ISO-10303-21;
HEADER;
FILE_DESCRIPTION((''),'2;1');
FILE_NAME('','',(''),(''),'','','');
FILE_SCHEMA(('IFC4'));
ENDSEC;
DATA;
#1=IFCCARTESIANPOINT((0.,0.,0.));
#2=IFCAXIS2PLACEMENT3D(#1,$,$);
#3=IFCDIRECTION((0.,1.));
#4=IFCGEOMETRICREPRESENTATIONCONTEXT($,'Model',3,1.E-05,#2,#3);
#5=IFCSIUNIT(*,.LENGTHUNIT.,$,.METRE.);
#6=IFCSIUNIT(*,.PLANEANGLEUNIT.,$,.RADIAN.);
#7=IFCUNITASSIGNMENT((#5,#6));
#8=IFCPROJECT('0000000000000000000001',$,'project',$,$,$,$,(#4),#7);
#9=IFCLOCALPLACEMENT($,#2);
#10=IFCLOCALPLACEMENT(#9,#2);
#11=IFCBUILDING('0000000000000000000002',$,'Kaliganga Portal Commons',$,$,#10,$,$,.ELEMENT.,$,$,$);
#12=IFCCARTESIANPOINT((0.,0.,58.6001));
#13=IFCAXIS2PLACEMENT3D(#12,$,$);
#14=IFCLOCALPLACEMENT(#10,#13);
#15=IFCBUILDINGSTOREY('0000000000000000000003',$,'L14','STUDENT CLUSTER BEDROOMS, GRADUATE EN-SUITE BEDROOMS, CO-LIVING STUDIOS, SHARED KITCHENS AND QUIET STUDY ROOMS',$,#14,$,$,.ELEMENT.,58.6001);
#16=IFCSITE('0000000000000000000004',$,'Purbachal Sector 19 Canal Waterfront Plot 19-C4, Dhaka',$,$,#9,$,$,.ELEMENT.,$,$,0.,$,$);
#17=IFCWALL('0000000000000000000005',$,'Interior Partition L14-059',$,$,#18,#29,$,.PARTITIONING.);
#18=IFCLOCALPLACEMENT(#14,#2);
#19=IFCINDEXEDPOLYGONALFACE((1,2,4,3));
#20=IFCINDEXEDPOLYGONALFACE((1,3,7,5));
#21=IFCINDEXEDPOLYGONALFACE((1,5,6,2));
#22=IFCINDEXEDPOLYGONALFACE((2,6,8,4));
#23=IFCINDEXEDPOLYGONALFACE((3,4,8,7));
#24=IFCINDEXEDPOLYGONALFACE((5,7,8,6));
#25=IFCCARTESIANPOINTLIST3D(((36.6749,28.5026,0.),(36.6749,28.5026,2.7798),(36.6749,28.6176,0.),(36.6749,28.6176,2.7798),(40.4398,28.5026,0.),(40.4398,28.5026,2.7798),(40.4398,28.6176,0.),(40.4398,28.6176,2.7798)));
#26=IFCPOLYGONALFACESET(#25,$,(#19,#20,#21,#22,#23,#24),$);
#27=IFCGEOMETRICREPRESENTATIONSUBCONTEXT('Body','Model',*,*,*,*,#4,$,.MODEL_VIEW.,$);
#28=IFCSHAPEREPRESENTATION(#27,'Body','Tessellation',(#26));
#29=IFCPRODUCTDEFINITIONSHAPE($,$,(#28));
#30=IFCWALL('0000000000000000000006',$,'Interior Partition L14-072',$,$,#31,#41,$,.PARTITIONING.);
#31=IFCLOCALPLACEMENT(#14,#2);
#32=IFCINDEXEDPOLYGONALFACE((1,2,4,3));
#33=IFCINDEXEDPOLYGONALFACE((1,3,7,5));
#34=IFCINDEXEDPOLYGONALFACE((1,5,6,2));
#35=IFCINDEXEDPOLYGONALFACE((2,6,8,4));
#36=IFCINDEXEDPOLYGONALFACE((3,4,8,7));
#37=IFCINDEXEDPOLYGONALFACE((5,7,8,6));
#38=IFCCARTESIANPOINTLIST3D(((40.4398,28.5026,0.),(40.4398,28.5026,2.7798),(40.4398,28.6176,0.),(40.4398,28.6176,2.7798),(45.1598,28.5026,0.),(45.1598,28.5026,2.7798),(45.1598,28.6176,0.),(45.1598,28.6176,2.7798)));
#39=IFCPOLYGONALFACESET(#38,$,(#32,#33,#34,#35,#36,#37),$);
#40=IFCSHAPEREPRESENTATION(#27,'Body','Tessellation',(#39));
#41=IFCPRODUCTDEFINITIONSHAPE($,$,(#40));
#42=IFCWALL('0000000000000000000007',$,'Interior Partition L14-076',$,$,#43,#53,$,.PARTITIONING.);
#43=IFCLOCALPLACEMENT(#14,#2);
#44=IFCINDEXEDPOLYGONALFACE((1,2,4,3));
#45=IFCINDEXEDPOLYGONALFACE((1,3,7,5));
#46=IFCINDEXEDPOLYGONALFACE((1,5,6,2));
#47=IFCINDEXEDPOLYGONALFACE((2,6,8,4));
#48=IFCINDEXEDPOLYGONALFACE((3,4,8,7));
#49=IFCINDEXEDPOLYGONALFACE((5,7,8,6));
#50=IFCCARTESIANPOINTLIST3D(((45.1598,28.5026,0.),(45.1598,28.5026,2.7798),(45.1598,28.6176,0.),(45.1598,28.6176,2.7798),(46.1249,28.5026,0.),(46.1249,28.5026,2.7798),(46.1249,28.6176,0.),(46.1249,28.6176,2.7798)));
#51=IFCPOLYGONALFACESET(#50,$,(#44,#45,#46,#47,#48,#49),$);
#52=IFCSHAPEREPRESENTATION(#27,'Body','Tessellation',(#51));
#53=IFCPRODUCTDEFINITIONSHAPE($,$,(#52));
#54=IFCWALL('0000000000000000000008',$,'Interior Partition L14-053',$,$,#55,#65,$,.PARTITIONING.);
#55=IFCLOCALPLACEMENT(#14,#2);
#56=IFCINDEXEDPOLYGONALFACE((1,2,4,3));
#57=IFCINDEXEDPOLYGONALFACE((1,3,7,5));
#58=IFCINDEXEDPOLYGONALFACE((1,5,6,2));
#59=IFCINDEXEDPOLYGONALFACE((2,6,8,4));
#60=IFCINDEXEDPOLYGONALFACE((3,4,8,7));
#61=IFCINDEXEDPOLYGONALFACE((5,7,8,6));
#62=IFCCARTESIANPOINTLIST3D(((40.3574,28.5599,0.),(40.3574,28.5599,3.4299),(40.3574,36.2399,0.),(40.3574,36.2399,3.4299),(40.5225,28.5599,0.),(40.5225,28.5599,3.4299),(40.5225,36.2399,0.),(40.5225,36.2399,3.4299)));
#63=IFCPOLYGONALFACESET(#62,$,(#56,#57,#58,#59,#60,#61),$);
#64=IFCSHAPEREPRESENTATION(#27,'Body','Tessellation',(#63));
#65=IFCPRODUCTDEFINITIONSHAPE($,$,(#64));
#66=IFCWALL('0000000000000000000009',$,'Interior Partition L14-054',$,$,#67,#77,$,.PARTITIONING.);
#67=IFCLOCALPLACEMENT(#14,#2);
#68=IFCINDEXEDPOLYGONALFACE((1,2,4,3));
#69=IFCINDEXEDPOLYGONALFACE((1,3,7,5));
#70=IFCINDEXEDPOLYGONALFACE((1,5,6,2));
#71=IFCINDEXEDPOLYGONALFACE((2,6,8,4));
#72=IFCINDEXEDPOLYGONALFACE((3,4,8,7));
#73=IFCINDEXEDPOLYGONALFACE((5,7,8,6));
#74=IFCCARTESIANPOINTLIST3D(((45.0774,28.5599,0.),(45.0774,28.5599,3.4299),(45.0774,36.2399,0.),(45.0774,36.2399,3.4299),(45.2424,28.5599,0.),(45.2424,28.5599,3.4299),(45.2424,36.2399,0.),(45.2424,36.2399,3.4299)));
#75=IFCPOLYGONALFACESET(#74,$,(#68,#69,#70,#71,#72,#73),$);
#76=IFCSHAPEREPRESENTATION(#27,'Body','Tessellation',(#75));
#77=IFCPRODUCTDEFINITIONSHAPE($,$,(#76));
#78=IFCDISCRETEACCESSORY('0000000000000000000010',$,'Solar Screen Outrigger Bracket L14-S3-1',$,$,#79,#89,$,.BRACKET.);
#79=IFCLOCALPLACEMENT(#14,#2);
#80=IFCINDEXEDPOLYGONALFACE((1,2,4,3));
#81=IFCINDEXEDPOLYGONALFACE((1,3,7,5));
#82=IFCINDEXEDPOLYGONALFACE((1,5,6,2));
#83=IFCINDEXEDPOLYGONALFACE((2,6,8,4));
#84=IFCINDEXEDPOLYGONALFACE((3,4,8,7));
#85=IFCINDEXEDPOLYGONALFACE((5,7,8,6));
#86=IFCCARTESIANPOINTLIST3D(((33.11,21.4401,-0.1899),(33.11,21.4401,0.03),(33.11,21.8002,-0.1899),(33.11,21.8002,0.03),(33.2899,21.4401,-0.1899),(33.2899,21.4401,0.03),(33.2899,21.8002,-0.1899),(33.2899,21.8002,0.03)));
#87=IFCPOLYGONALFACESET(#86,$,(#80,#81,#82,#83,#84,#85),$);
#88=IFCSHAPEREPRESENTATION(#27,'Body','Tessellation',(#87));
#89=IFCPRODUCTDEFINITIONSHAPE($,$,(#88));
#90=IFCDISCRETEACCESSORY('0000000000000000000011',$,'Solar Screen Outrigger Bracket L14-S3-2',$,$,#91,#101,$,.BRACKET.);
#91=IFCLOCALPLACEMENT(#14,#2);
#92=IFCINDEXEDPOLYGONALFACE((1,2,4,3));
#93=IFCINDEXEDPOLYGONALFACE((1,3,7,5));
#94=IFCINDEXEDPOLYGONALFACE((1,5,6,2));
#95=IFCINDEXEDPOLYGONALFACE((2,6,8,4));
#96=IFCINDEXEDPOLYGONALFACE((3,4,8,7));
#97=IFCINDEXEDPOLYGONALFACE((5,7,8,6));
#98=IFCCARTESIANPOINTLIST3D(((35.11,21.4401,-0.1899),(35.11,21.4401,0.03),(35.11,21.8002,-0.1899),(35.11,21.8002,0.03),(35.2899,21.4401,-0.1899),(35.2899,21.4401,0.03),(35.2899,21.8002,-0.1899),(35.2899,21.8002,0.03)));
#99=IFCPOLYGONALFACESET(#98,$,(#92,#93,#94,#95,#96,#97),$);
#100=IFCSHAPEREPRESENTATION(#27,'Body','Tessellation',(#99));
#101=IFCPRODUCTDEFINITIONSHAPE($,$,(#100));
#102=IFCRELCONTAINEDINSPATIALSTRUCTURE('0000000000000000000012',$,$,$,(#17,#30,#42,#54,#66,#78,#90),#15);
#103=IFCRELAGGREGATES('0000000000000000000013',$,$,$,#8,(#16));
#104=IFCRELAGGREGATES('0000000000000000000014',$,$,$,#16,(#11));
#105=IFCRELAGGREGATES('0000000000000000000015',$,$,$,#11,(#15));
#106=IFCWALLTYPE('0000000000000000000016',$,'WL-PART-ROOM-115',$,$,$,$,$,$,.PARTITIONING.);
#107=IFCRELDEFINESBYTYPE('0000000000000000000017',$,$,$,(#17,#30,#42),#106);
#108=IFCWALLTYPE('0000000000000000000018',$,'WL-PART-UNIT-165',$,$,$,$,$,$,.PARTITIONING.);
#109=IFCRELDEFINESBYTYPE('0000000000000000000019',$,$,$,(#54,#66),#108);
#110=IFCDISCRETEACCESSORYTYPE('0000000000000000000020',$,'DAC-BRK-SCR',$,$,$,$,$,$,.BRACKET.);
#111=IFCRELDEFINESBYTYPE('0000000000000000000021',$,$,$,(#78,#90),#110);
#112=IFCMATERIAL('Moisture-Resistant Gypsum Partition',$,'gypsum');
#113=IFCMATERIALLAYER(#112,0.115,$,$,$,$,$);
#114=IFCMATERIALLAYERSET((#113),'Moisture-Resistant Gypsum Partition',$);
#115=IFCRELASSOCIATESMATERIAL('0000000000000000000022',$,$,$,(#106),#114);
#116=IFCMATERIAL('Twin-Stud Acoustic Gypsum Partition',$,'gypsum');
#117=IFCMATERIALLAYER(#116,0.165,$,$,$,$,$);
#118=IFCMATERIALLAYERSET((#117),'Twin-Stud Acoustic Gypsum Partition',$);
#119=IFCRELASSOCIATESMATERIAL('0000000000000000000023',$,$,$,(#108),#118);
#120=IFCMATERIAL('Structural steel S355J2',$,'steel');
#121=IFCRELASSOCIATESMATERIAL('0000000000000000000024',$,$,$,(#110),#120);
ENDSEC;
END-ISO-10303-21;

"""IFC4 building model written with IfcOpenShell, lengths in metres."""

from ifc_helpers import new_model, si_unit, direction, frame, frame_2d, origin, origin_2d, place, context, subcontext, project, spatial, rectangle, extrude, source, transform, mapped, material, layer, layer_set, type_object, element, save


model = new_model("IFC4")

# Units and contexts
model_context = context("Model", 3, precision=1e-05, world=origin(), true_north=direction((0.0, 1.0)))
body_context = subcontext(model_context, "Body", "Model", "MODEL_VIEW")
ifc_project = project(units=[si_unit("LENGTHUNIT", "METRE"), si_unit("PLANEANGLEUNIT", "RADIAN")], contexts=[model_context])

# Site, building, storey
site_placement = place(None, origin())
site = spatial("IfcSite", under=ifc_project, at=site_placement, Name="Purbachal Sector 19 Canal Waterfront Plot 19-C4, Dhaka", CompositionType="ELEMENT", RefElevation=0.0)
building_placement = place(site_placement, origin())
building = spatial("IfcBuilding", under=site, at=building_placement, Name="Kaliganga Portal Commons", CompositionType="ELEMENT")
storey_placement = place(building_placement, frame((0.0, 0.0, 58.6001)))
storey = spatial("IfcBuildingStorey", under=building, at=storey_placement, Name="L14", Description="STUDENT CLUSTER BEDROOMS, GRADUATE EN-SUITE BEDROOMS, CO-LIVING STUDIOS, SHARED KITCHENS AND QUIET STUDY ROOMS", CompositionType="ELEMENT", Elevation=58.6001)

# Shared definitions
ifc_material_1 = material(Name="Structural steel S355J2", Category="steel")

# Walls
ifc_material_2 = material(Name="Moisture-Resistant Gypsum Partition", Category="gypsum")
ifc_layer_1 = layer(ifc_material_2, 0.115)
ifc_layer_set_1 = layer_set([ifc_layer_1], Name="Moisture-Resistant Gypsum Partition")
wall_type_1 = type_object("IfcWallType", Name="WL-PART-ROOM-115", PredefinedType="PARTITIONING", material=ifc_layer_set_1)
wall_1_placement = place(storey_placement, frame((36.675, 28.5601, 0.0), z_axis=(0.0, 0.0, 1.0), x_axis=(1.0, 0.0, 0.0)))
element("IfcWall", 1, at=wall_1_placement, inside=storey, type_object=wall_type_1, Name="Interior Partition L14-059", PredefinedType="PARTITIONING", context=body_context, shape_type="SweptSolid", body=[
    extrude(rectangle(XDim=3.7649, YDim=0.115, at=frame_2d((1.8823, 0.0))), origin(), (0.0, 0.0, 1.0), 2.7798),
])
wall_2_placement = place(storey_placement, frame((40.4399, 28.5601, 0.0), z_axis=(0.0, 0.0, 1.0), x_axis=(1.0, 0.0, 0.0)))
element("IfcWall", 2, at=wall_2_placement, inside=storey, type_object=wall_type_1, Name="Interior Partition L14-072", PredefinedType="PARTITIONING", context=body_context, shape_type="SweptSolid", body=[
    extrude(rectangle(XDim=4.72, YDim=0.115, at=frame_2d((2.3599, 0.0))), origin(), (0.0, 0.0, 1.0), 2.7798),
])
wall_3_placement = place(storey_placement, frame((45.1599, 28.5601, 0.0), z_axis=(0.0, 0.0, 1.0), x_axis=(1.0, 0.0, 0.0)))
element("IfcWall", 3, at=wall_3_placement, inside=storey, type_object=wall_type_1, Name="Interior Partition L14-076", PredefinedType="PARTITIONING", context=body_context, shape_type="SweptSolid", body=[
    extrude(rectangle(XDim=0.9651, YDim=0.115, at=frame_2d((0.4824, 0.0))), origin(), (0.0, 0.0, 1.0), 2.7798),
])
ifc_material_3 = material(Name="Twin-Stud Acoustic Gypsum Partition", Category="gypsum")
ifc_layer_2 = layer(ifc_material_3, 0.165)
ifc_layer_set_2 = layer_set([ifc_layer_2], Name="Twin-Stud Acoustic Gypsum Partition")
wall_type_2 = type_object("IfcWallType", Name="WL-PART-UNIT-165", PredefinedType="PARTITIONING", material=ifc_layer_set_2)
for number, where, z_axis, x_axis, name in (
    (4, (40.4399, 28.5601, 0.0), (0.0, 0.0, 1.0), (0.0, 1.0, 0.0), "Interior Partition L14-053"),
    (5, (45.1599, 28.5601, 0.0), (0.0, 0.0, 1.0), (0.0, 1.0, 0.0), "Interior Partition L14-054"),
):
    element("IfcWall", number, at=place(storey_placement, frame(where, z_axis=z_axis, x_axis=x_axis)), inside=storey, type_object=wall_type_2, Name=name, PredefinedType="PARTITIONING", context=body_context, shape_type="SweptSolid", body=[
        extrude(rectangle(XDim=7.6799, YDim=0.165, at=frame_2d((3.8398, 0.0))), origin(), (0.0, 0.0, 1.0), 3.4299),
    ])

# Discrete accessories
discrete_accessory_type = type_object("IfcDiscreteAccessoryType", Name="DAC-BRK-SCR", PredefinedType="BRACKET", material=ifc_material_1)
shared_shape_1 = source(origin(), body_context, "Body", "SweptSolid", [
    extrude(rectangle(XDim=0.1799, YDim=0.3601, at=origin_2d()), origin(), (0.0, 0.0, 1.0), 0.22),
])
for number, where, z_axis, x_axis, name in (
    (6, (33.2, 21.6201, -0.1899), (0.0, 0.0, 1.0), (1.0, 0.0, 0.0), "Solar Screen Outrigger Bracket L14-S3-1"),
    (7, (35.2, 21.6201, -0.1899), (0.0, 0.0, 1.0), (1.0, 0.0, 0.0), "Solar Screen Outrigger Bracket L14-S3-2"),
):
    element("IfcDiscreteAccessory", number, at=place(storey_placement, frame(where, z_axis=z_axis, x_axis=x_axis)), inside=storey, type_object=discrete_accessory_type, Name=name, PredefinedType="BRACKET", context=body_context, shape_type="MappedRepresentation", body=[
        mapped(shared_shape_1, transform((0.0, 0.0, 0.0), x_axis=(1.0, 0.0, 0.0), y_axis=(0.0, 1.0, 0.0), z_axis=(0.0, 0.0, 1.0), scale=1.0)),
    ])

save(model, "model.ifc")
